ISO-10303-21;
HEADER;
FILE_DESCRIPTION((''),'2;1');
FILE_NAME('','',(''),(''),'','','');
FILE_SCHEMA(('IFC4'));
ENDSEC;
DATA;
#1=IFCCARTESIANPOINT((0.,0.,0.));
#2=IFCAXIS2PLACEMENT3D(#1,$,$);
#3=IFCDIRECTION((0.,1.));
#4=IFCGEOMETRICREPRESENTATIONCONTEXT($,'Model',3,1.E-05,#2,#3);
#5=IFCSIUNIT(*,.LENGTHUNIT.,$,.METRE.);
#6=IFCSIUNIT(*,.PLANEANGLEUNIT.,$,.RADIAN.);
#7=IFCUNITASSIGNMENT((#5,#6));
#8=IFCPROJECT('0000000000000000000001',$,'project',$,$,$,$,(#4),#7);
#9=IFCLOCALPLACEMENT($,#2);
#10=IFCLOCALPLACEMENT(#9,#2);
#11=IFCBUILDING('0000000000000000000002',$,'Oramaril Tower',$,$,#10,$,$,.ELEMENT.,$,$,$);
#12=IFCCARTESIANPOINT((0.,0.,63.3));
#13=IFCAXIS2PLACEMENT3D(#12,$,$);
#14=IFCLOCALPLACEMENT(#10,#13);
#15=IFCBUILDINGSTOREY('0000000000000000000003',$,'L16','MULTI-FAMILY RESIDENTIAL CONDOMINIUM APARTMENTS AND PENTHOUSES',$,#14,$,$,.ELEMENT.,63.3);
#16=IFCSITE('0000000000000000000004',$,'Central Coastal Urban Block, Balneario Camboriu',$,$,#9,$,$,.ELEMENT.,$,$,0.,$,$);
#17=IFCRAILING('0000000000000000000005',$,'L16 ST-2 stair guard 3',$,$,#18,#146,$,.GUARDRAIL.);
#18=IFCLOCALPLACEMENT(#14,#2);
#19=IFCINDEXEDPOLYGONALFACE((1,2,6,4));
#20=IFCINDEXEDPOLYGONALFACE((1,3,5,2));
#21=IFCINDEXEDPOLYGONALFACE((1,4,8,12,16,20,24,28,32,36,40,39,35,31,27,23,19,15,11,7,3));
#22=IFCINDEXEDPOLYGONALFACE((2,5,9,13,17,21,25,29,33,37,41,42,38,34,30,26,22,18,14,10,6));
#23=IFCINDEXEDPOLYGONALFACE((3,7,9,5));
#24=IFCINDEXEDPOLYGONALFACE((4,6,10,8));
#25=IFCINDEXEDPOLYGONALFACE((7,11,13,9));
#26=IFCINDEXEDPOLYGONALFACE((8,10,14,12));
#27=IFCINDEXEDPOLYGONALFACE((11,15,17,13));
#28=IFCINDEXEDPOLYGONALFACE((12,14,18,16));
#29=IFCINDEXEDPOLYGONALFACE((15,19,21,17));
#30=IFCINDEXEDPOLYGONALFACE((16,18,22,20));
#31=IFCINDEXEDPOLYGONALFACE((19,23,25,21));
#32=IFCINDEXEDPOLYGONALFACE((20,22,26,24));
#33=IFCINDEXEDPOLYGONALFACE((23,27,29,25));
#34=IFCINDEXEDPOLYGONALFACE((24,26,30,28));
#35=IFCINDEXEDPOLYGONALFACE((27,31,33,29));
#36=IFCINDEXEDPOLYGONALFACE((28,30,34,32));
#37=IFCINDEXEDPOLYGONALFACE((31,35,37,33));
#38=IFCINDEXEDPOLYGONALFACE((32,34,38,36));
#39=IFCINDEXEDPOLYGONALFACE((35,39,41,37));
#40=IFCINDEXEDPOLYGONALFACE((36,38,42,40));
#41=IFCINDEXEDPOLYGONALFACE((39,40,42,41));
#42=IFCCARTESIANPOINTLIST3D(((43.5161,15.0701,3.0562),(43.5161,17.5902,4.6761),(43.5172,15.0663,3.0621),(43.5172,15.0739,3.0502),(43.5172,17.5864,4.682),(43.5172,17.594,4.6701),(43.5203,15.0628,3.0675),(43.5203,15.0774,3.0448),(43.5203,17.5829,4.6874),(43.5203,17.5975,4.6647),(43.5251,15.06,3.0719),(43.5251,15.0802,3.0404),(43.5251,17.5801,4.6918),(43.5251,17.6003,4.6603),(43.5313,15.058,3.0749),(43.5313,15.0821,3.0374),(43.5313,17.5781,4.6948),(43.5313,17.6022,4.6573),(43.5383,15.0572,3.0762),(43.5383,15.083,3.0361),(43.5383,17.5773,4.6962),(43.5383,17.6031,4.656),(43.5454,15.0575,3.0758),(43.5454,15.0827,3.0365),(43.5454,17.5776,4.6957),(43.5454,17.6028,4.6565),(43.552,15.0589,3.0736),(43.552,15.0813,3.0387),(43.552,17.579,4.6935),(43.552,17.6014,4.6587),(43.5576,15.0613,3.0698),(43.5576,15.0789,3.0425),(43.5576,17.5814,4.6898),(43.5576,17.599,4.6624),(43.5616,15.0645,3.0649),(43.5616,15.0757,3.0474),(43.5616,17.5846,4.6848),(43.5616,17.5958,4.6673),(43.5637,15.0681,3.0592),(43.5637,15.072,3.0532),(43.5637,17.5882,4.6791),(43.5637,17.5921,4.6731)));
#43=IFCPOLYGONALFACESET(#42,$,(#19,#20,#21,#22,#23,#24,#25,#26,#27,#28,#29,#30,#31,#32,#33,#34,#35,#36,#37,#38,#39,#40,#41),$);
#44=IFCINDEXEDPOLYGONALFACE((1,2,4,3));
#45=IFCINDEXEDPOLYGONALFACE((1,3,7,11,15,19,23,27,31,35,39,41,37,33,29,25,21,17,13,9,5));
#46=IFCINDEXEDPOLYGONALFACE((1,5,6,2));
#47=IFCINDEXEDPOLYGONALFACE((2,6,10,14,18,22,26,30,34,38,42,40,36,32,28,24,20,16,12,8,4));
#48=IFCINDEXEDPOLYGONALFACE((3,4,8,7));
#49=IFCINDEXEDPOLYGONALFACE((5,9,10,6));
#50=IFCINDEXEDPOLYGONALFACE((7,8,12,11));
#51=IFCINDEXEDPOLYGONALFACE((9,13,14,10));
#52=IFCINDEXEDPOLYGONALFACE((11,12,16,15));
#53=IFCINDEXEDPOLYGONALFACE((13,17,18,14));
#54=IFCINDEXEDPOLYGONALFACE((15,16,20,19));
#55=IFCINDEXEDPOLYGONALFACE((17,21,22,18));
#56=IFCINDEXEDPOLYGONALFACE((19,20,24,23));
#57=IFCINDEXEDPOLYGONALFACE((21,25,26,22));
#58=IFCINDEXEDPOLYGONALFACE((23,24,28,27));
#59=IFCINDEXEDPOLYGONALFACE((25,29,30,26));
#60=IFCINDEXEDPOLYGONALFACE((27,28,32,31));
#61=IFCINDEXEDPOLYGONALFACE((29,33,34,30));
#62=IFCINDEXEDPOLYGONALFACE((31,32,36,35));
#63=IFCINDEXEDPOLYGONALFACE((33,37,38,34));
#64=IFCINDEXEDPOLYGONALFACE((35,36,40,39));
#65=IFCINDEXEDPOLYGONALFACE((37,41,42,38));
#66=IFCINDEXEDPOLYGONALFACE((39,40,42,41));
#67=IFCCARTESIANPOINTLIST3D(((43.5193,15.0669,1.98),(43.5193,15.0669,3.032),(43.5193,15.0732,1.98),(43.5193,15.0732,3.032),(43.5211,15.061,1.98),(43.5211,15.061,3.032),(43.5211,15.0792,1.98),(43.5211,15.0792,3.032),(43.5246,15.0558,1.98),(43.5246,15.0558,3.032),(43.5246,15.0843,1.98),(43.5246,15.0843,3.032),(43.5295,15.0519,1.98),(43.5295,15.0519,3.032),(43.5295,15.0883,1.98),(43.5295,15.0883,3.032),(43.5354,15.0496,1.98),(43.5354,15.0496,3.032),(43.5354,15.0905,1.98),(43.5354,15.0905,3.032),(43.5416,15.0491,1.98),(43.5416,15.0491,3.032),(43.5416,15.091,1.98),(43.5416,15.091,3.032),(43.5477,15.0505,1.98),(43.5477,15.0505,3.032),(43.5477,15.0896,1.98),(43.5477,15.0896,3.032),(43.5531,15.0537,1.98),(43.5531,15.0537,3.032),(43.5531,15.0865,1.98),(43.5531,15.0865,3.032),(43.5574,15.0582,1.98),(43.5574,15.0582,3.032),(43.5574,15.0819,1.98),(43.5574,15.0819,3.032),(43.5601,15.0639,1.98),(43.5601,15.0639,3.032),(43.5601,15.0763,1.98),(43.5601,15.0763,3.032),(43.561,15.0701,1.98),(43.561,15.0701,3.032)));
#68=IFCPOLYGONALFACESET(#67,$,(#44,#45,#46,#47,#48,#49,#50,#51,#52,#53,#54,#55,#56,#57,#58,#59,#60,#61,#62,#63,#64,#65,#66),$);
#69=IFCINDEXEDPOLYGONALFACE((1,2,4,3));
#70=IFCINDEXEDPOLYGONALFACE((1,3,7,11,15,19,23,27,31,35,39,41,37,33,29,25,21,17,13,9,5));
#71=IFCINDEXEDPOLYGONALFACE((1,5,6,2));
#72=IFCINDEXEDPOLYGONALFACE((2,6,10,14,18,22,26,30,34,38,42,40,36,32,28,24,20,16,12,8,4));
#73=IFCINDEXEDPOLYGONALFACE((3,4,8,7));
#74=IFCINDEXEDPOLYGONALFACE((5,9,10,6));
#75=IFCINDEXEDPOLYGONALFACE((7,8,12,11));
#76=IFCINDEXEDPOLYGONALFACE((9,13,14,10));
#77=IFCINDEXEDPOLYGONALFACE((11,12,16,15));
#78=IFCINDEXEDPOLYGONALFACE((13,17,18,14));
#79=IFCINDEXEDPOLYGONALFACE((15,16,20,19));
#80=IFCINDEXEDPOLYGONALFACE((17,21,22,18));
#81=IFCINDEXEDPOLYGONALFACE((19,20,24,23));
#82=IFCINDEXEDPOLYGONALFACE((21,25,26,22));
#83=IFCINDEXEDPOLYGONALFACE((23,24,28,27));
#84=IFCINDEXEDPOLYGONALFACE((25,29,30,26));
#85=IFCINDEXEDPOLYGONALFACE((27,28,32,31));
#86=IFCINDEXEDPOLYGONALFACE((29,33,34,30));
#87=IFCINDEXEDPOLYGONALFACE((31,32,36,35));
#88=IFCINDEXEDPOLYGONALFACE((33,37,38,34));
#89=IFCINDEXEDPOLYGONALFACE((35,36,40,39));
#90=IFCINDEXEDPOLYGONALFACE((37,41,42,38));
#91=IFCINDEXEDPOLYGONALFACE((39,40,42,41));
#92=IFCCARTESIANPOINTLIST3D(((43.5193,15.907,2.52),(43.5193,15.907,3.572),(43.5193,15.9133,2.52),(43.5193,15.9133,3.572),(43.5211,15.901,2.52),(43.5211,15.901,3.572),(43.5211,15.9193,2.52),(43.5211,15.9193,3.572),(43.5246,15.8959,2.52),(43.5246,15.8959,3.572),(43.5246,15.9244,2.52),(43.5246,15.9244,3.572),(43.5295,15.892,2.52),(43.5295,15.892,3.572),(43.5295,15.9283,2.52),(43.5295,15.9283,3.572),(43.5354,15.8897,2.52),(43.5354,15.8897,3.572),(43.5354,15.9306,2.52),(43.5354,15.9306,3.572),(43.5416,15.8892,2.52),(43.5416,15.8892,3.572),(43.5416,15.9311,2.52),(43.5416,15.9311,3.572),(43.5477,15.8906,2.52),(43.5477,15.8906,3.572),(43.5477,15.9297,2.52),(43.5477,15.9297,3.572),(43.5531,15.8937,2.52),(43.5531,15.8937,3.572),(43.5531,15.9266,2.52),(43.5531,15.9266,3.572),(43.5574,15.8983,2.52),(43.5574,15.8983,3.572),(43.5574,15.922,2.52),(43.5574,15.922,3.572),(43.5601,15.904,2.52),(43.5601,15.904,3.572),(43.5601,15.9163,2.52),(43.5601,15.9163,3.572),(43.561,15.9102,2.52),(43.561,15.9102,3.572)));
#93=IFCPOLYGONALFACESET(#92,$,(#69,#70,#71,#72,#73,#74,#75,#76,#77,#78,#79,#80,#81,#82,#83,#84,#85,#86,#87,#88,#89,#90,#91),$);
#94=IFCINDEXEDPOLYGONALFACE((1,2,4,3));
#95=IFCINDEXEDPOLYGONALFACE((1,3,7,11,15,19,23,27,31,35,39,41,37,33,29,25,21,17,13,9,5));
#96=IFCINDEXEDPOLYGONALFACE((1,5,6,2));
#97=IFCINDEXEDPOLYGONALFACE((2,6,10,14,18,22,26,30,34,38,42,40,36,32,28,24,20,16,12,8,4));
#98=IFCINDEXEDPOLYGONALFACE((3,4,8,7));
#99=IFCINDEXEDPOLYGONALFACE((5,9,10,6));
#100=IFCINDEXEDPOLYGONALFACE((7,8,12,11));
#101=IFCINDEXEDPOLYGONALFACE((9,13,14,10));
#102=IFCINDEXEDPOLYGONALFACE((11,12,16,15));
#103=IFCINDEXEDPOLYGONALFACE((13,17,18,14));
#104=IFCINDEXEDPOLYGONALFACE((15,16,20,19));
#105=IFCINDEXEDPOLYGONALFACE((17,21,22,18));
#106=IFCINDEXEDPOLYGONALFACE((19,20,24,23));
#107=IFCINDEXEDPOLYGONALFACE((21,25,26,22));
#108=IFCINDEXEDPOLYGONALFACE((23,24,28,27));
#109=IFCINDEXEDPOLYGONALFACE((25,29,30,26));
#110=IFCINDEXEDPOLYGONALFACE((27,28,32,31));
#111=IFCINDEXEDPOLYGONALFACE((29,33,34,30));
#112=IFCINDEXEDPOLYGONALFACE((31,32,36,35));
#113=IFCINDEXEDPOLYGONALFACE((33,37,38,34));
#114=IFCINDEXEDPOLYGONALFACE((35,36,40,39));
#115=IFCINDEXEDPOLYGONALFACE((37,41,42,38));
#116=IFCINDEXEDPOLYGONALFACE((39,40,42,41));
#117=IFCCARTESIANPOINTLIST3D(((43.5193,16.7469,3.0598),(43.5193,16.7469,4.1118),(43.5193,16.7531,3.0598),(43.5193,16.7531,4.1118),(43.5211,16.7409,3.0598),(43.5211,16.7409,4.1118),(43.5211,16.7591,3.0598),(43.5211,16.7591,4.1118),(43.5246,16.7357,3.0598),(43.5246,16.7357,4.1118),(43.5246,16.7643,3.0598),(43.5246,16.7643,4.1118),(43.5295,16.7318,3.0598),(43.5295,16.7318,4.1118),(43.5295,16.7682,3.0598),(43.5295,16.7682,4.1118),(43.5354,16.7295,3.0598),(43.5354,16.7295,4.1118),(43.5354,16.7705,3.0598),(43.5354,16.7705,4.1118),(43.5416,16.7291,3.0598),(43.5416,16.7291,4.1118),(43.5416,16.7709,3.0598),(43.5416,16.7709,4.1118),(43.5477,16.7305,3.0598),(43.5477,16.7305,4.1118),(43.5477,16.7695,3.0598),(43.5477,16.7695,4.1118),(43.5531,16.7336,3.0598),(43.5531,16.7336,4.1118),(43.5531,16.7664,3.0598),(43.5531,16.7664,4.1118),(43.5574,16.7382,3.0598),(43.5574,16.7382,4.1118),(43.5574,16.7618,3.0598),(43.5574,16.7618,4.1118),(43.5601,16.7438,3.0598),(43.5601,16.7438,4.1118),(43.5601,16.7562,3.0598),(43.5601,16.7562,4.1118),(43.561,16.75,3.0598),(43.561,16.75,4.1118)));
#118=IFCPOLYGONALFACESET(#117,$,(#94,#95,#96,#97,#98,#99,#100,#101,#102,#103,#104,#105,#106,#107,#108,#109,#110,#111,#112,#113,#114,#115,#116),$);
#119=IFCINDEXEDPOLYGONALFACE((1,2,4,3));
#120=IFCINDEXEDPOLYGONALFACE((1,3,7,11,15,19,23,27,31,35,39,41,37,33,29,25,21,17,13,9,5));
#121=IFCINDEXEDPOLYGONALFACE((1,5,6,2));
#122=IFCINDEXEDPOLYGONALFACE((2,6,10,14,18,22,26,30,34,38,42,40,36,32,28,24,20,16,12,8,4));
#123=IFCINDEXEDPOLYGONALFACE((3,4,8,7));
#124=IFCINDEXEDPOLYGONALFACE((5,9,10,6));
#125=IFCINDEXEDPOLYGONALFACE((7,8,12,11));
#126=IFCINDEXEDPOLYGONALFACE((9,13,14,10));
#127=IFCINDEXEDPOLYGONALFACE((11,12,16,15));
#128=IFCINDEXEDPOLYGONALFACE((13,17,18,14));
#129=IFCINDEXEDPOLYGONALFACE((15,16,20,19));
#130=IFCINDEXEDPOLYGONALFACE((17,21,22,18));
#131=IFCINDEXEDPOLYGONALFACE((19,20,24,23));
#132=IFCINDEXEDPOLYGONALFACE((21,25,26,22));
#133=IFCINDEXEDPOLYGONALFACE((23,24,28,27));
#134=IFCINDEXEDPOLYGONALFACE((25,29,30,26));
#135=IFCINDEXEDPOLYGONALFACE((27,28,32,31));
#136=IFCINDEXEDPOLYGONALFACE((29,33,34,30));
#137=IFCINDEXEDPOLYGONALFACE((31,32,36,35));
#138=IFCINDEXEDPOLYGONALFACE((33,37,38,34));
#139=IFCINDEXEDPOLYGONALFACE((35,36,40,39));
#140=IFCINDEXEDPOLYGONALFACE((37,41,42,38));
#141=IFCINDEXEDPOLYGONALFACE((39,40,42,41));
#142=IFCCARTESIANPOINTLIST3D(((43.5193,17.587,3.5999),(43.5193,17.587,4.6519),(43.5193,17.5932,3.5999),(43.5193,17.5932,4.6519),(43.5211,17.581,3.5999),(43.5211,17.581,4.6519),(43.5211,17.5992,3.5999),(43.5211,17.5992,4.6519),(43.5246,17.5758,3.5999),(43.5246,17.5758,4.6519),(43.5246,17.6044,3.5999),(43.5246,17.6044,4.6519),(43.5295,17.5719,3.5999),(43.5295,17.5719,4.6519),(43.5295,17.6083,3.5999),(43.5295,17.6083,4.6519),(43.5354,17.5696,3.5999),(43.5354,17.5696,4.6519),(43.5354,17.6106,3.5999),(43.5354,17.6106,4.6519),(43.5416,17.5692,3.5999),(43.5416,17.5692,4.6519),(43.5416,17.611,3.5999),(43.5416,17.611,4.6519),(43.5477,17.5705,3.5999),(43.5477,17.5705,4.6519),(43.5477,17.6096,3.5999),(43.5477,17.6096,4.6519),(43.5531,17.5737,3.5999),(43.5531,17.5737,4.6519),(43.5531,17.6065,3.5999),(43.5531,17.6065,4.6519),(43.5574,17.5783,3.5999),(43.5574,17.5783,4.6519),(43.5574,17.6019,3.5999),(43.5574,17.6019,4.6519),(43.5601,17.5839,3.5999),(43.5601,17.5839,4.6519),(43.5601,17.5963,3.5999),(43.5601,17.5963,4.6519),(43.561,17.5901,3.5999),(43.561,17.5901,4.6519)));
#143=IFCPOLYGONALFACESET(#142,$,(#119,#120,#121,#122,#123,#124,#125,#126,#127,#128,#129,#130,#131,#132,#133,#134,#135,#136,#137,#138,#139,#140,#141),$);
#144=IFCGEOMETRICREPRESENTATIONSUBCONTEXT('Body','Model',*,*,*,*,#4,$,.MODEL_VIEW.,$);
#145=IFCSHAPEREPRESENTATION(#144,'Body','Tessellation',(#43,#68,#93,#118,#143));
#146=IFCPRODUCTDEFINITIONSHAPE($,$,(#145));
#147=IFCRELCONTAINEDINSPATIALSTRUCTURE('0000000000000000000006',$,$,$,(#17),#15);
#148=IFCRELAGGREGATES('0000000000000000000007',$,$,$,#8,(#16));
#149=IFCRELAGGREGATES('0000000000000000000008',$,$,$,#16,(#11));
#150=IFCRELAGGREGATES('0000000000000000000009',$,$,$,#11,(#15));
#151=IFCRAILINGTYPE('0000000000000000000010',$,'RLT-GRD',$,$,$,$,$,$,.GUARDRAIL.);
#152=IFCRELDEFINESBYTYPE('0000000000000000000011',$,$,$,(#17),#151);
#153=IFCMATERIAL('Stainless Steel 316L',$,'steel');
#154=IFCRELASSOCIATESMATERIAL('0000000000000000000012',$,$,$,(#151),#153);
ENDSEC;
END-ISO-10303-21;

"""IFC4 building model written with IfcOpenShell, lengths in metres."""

from ifc_helpers import new_model, si_unit, direction, frame, origin, origin_2d, place, context, subcontext, project, spatial, circle, extrude, material, type_object, element, save


model = new_model("IFC4")

# Units and contexts
model_context = context("Model", 3, precision=1e-05, world=origin(), true_north=direction((0.0, 1.0)))
body_context = subcontext(model_context, "Body", "Model", "MODEL_VIEW")
ifc_project = project(units=[si_unit("LENGTHUNIT", "METRE"), si_unit("PLANEANGLEUNIT", "RADIAN")], contexts=[model_context])

# Site, building, storey
site_placement = place(None, origin())
site = spatial("IfcSite", under=ifc_project, at=site_placement, Name="Central Coastal Urban Block, Balneario Camboriu", CompositionType="ELEMENT", RefElevation=0.0)
building_placement = place(site_placement, origin())
building = spatial("IfcBuilding", under=site, at=building_placement, Name="Oramaril Tower", CompositionType="ELEMENT")
storey_placement = place(building_placement, frame((0.0, 0.0, 63.3)))
storey = spatial("IfcBuildingStorey", under=building, at=storey_placement, Name="L16", Description="MULTI-FAMILY RESIDENTIAL CONDOMINIUM APARTMENTS AND PENTHOUSES", CompositionType="ELEMENT", Elevation=63.3)

# Railing
ifc_material_1 = material(Name="Stainless Steel 316L", Category="steel")
railing_type_1 = type_object("IfcRailingType", Name="RLT-GRD", PredefinedType="GUARDRAIL", material=ifc_material_1)
railing_1_placement = place(storey_placement, frame((43.54, 15.0701, 1.98)))
element("IfcRailing", 1, at=railing_1_placement, inside=storey, type_object=railing_type_1, Name="L16 ST-2 stair guard 3", PredefinedType="GUARDRAIL", context=body_context, shape_type="SweptSolid", body=[
    extrude(circle(Radius=0.0239, at=origin_2d()), frame((0.0, 0.0, 1.0762), z_axis=(0.0, 0.8412, 0.540725), x_axis=(-1.0, 0.0, 0.0)), (0.0, 0.0, 1.0), 2.9958),
    extrude(circle(Radius=0.021, at=origin_2d()), origin(), (0.0, 0.0, 1.0), 1.052),
    extrude(circle(Radius=0.021, at=origin_2d()), frame((0.0, 0.8401, 0.54)), (0.0, 0.0, 1.0), 1.052),
    extrude(circle(Radius=0.021, at=origin_2d()), frame((0.0, 1.6799, 1.0798)), (0.0, 0.0, 1.0), 1.052),
    extrude(circle(Radius=0.021, at=origin_2d()), frame((0.0, 2.52, 1.6199)), (0.0, 0.0, 1.0), 1.052),
])

save(model, "model.ifc")
